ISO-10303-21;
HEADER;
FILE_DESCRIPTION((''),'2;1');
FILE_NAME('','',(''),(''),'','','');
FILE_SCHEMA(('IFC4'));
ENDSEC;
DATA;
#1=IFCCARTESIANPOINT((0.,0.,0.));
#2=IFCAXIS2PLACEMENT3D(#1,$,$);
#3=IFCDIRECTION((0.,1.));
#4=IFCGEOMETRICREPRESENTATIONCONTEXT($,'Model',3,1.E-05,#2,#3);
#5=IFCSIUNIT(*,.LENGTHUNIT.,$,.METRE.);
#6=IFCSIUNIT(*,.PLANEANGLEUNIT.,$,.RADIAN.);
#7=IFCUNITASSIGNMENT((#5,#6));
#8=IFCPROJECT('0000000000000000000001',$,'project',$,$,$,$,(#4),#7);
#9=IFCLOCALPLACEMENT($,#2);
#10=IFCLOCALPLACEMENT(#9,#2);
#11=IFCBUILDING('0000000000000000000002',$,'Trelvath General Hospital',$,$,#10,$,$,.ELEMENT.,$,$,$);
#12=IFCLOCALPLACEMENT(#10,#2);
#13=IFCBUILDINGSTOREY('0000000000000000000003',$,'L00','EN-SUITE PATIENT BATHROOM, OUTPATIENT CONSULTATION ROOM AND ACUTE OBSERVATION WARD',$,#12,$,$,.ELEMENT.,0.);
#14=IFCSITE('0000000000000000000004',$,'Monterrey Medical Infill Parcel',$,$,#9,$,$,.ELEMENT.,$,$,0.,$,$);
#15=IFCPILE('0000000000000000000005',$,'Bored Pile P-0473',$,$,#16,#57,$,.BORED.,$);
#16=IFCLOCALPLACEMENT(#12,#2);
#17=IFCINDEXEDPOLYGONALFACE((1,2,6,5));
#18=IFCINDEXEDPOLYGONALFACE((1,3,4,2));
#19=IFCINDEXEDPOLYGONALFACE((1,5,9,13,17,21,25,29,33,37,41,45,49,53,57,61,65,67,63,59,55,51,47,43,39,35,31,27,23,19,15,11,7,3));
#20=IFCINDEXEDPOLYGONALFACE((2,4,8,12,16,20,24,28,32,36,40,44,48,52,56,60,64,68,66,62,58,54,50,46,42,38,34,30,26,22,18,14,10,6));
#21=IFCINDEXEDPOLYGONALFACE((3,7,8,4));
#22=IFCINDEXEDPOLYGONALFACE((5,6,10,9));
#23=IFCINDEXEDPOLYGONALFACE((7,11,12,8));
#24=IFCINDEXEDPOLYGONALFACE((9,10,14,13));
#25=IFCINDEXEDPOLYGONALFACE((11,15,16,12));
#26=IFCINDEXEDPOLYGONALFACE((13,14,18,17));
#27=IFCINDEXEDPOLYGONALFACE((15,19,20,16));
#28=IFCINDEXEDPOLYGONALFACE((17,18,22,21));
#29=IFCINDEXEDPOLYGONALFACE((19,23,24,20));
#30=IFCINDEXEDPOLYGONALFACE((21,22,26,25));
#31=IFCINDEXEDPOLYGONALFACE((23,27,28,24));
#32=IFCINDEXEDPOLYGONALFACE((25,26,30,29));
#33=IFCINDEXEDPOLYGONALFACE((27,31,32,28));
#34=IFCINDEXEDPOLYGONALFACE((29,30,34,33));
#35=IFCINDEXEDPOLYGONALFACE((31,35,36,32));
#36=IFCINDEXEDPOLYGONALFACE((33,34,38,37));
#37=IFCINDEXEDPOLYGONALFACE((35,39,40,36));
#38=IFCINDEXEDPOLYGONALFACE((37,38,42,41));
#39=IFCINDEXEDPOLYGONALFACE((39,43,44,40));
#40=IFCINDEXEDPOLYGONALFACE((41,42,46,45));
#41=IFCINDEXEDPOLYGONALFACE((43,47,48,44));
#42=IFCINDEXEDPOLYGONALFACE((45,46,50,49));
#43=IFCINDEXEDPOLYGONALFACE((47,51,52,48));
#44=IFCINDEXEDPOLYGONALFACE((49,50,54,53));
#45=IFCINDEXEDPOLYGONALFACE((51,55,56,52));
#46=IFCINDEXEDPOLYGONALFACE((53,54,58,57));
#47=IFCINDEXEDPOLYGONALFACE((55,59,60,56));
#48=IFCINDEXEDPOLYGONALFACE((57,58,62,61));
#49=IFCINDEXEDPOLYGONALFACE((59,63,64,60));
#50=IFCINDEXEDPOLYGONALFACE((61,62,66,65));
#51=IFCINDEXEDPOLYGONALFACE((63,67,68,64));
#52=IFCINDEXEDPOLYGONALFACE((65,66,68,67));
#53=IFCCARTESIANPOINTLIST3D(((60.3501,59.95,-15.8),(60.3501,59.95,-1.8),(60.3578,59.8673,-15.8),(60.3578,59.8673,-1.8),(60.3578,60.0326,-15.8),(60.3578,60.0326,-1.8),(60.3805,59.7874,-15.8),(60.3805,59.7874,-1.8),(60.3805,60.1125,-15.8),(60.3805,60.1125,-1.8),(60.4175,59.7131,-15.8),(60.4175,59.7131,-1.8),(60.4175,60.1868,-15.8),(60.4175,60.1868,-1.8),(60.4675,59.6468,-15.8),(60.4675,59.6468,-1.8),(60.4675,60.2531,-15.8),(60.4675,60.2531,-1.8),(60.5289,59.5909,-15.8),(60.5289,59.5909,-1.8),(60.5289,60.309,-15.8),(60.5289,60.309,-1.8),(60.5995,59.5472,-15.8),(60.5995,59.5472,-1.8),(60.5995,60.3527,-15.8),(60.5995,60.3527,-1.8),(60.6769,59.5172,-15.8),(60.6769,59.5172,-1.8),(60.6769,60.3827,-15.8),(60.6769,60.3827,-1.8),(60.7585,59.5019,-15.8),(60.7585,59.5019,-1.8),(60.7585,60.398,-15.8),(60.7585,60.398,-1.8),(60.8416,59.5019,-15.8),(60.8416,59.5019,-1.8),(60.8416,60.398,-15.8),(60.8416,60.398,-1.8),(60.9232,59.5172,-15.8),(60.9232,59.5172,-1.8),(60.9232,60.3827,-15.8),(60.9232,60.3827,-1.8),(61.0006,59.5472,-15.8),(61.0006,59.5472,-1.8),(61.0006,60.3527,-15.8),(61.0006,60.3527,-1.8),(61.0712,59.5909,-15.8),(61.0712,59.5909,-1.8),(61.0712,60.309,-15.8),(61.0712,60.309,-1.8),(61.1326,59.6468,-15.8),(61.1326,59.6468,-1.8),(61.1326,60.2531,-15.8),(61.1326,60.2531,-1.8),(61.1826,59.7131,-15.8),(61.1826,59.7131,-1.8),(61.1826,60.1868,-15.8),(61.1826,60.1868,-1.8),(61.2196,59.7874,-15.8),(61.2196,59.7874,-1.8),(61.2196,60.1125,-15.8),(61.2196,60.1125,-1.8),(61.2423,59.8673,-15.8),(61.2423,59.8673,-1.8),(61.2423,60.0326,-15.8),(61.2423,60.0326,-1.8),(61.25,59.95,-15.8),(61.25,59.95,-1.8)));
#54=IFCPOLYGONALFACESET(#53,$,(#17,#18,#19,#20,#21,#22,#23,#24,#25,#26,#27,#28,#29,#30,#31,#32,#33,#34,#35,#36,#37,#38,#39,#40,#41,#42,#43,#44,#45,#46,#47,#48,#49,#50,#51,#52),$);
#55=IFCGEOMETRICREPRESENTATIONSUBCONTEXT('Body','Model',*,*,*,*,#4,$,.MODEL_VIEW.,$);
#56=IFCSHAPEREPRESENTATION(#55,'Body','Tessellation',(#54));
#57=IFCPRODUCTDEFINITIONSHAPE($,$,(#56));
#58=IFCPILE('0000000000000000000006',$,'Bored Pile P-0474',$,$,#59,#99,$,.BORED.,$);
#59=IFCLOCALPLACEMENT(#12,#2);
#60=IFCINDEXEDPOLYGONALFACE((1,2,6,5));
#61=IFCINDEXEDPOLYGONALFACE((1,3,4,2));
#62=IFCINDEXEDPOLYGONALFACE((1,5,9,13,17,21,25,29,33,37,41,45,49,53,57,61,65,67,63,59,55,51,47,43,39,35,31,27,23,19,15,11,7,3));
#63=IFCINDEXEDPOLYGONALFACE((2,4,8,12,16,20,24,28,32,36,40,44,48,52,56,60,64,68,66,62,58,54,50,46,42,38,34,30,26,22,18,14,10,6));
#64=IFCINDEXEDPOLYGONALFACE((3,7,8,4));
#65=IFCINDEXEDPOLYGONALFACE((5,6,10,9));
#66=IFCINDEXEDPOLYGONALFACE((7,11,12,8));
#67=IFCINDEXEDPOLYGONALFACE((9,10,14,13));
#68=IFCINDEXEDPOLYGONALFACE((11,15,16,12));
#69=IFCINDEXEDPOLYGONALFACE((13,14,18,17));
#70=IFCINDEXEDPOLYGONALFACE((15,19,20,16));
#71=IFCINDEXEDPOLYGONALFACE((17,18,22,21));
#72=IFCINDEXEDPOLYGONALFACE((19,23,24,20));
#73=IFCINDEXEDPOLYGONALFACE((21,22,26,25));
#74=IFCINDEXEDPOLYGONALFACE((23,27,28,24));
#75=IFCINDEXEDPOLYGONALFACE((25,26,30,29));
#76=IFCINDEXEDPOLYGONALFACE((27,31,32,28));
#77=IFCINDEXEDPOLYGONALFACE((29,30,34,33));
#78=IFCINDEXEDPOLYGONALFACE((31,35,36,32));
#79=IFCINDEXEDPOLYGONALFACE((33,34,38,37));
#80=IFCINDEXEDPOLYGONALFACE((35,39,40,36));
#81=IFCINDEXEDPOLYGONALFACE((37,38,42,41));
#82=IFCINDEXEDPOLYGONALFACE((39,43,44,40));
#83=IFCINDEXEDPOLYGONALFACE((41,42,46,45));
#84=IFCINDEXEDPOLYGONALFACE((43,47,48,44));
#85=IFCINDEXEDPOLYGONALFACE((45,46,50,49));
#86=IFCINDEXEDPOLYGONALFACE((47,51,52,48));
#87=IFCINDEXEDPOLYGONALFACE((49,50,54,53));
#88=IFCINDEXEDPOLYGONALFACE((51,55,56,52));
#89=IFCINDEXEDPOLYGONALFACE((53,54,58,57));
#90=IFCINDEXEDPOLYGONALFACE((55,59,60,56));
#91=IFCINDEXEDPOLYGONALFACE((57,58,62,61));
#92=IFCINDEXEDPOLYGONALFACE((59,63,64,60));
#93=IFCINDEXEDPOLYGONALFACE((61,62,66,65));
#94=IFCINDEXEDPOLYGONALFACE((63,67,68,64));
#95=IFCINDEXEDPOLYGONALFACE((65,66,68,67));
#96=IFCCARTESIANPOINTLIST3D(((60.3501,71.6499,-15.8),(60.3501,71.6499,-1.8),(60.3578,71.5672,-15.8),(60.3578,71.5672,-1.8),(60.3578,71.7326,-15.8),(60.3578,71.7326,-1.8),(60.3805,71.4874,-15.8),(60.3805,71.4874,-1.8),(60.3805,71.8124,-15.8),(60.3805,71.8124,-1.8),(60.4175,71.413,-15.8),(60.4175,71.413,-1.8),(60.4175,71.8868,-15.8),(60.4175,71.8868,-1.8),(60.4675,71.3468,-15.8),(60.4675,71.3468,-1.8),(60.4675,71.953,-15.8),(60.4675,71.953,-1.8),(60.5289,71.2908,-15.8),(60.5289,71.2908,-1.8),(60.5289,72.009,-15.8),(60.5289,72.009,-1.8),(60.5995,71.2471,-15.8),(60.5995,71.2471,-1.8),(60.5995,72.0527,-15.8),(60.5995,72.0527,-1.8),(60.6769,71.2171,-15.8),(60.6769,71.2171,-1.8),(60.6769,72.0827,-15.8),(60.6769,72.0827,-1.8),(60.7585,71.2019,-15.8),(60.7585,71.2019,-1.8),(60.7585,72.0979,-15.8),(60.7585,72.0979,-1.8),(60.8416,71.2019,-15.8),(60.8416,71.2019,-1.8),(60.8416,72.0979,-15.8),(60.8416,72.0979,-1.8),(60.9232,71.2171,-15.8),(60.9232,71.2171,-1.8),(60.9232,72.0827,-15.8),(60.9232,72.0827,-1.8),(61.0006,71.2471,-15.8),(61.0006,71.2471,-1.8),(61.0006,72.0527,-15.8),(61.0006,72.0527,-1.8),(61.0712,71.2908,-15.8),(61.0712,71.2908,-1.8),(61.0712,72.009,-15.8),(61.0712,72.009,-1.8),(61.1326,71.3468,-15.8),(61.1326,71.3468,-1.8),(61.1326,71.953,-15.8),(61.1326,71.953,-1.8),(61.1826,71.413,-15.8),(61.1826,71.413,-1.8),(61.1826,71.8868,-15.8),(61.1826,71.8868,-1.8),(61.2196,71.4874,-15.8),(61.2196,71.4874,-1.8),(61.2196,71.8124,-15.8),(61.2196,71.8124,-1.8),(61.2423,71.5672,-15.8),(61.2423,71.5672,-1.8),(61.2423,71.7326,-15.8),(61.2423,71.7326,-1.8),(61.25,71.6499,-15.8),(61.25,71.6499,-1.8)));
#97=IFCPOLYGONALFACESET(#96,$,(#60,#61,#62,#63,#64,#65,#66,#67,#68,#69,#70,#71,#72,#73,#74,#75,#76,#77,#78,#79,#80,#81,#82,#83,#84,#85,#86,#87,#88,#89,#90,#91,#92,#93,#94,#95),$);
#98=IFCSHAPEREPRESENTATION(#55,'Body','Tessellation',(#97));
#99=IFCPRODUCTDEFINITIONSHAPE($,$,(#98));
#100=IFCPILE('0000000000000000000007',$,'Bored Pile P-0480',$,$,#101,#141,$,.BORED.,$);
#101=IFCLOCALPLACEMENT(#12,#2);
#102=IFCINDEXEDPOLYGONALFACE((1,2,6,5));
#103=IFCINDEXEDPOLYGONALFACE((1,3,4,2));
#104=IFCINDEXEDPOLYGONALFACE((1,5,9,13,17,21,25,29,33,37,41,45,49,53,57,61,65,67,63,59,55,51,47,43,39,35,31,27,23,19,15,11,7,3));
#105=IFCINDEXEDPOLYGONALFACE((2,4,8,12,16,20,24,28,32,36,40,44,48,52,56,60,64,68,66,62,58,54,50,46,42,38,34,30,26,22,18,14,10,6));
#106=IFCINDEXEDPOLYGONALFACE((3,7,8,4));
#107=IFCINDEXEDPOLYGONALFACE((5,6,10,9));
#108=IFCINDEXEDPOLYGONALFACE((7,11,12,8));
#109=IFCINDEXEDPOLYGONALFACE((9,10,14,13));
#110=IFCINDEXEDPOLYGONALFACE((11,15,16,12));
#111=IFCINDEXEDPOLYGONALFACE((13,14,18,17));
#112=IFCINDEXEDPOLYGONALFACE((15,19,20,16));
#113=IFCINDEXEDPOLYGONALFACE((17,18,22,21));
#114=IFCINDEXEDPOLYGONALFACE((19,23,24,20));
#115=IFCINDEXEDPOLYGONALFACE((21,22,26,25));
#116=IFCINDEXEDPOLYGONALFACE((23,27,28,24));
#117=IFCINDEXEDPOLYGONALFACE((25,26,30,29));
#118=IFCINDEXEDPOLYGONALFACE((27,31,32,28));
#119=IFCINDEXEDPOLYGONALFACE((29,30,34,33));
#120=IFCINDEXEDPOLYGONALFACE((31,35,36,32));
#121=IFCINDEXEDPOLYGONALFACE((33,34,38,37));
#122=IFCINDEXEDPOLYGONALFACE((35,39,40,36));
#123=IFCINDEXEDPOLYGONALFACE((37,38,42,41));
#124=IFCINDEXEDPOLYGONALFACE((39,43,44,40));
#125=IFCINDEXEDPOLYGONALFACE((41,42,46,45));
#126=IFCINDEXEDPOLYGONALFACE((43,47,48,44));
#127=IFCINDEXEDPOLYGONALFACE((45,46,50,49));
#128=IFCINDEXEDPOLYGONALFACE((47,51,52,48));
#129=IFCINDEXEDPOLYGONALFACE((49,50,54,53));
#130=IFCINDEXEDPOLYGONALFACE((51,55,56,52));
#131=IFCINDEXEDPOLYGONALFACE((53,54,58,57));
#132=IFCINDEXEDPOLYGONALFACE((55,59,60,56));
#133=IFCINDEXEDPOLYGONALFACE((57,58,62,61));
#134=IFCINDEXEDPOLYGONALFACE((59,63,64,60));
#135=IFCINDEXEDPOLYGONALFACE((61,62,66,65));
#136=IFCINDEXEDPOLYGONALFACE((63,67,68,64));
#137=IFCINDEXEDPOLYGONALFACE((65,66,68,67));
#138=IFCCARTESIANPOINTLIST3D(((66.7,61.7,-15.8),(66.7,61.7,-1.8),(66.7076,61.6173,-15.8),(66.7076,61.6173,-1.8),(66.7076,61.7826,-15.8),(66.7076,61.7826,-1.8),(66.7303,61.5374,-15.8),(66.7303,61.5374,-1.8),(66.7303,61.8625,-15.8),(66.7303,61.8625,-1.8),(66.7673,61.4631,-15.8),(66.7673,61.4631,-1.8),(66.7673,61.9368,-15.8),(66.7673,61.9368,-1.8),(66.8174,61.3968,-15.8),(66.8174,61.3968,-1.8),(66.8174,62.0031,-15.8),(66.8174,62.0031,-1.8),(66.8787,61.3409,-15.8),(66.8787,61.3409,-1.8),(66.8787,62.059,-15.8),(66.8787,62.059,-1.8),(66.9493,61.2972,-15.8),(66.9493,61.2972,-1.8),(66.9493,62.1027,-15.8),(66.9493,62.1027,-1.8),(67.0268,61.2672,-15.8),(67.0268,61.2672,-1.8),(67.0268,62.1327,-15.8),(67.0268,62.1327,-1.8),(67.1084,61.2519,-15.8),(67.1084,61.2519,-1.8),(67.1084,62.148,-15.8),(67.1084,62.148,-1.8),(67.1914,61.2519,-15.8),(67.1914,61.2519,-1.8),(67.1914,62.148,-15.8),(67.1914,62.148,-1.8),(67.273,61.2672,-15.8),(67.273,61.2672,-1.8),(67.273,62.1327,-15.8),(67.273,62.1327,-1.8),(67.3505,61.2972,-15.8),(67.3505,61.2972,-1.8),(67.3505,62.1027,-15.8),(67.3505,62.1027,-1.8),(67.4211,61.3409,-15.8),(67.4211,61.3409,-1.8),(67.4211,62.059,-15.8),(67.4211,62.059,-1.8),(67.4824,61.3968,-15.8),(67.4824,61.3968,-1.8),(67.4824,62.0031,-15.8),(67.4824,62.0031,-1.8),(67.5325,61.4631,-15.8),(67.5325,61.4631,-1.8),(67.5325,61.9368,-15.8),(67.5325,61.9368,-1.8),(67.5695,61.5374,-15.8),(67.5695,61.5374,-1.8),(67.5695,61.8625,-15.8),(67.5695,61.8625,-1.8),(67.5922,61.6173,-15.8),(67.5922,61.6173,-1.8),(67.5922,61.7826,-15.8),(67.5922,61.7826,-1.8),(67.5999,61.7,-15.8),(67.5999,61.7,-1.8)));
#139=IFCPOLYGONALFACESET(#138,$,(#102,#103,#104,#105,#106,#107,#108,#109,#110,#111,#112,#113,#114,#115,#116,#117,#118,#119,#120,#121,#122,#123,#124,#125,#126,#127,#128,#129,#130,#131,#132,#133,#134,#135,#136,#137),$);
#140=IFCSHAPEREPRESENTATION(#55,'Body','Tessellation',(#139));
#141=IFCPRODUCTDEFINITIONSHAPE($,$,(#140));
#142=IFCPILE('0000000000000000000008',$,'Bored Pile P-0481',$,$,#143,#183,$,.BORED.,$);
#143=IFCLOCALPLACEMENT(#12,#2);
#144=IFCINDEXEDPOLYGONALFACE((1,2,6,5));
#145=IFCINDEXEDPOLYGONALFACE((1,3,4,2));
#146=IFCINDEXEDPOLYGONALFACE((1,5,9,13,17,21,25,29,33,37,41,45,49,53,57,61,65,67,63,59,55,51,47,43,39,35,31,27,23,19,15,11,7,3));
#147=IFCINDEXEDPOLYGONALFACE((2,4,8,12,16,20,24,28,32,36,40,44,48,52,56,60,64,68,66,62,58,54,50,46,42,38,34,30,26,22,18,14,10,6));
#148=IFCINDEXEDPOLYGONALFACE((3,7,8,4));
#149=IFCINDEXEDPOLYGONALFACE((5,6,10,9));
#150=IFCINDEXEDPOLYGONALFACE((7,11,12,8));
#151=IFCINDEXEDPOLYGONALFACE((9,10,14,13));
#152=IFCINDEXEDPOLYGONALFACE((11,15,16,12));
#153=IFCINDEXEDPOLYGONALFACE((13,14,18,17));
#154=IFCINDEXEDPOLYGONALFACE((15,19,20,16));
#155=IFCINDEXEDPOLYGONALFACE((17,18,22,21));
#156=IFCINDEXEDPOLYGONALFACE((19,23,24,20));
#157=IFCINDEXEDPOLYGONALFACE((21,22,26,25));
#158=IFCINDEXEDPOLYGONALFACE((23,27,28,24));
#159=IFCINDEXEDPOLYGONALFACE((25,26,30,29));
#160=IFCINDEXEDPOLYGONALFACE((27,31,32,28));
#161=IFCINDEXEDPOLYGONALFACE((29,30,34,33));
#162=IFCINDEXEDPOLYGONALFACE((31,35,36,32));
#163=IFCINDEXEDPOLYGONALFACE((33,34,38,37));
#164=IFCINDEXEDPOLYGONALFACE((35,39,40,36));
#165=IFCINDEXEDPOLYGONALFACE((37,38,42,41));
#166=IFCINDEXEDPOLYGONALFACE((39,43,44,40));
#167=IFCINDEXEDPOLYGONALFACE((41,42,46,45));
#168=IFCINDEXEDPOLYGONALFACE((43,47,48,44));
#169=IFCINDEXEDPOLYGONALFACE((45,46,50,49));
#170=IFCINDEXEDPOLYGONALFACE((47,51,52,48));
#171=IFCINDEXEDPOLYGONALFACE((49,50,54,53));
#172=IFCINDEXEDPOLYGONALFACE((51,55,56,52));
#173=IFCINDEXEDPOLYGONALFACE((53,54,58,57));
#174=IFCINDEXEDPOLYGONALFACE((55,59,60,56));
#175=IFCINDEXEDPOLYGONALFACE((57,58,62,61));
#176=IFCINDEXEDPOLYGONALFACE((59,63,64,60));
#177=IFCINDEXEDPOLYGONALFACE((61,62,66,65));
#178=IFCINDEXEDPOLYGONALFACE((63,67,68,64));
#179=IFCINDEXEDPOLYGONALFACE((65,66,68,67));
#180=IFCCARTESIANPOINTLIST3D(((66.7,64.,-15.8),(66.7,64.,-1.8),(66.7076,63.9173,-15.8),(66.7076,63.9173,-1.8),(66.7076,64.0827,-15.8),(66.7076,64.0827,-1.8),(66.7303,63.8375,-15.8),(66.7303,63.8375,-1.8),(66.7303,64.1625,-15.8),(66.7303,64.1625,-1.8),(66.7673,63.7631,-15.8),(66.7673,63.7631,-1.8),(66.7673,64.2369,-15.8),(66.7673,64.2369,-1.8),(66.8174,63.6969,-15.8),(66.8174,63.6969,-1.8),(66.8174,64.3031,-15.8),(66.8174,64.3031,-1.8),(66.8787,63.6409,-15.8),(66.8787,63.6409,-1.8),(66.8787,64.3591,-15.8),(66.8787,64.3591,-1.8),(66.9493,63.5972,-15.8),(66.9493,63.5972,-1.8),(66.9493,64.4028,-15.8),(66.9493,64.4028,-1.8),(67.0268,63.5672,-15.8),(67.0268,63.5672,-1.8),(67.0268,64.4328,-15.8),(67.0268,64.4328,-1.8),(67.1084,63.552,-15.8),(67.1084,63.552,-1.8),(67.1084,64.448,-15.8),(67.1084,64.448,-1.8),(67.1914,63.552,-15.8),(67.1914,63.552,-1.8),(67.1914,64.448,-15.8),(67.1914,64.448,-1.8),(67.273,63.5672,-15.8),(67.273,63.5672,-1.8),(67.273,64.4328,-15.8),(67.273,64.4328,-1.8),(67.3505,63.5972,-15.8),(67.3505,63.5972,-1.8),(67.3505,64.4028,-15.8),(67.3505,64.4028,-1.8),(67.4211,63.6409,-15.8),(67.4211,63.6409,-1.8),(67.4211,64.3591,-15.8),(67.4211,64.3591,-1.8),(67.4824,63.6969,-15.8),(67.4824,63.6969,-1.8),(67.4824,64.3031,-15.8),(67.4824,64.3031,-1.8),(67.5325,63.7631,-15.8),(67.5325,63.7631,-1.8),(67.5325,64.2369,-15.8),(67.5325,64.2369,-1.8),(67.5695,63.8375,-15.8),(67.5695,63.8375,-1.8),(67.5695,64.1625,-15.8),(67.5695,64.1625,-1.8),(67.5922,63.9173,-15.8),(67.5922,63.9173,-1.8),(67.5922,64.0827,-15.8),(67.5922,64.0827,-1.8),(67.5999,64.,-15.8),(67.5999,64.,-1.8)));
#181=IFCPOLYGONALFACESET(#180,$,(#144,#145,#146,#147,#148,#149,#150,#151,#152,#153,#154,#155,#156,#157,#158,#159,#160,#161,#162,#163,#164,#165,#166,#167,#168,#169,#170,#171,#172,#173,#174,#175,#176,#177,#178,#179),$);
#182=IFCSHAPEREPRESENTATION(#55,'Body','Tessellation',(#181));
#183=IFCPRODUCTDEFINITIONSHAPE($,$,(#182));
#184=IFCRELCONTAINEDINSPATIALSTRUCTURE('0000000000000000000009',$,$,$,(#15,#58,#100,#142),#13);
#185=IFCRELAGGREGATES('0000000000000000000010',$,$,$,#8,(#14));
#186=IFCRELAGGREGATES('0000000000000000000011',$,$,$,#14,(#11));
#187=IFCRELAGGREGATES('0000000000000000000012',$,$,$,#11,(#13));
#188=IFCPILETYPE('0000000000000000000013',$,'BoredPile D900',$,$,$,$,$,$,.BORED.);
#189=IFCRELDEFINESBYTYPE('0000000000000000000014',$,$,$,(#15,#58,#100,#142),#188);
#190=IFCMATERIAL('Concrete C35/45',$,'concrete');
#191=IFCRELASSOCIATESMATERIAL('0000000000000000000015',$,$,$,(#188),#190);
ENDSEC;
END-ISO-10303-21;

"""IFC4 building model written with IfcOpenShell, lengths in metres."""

from ifc_helpers import new_model, si_unit, direction, frame, origin, origin_2d, place, context, subcontext, project, spatial, circle, extrude, material, material_profile, profile_set, type_object, element, save


model = new_model("IFC4")

# Units and contexts
model_context = context("Model", 3, precision=1e-05, world=origin(), true_north=direction((0.0, 1.0)))
body_context = subcontext(model_context, "Body", "Model", "MODEL_VIEW")
ifc_project = project(units=[si_unit("LENGTHUNIT", "METRE"), si_unit("PLANEANGLEUNIT", "RADIAN")], contexts=[model_context])

# Site, building, storey
site_placement = place(None, origin())
site = spatial("IfcSite", under=ifc_project, at=site_placement, Name="Monterrey Medical Infill Parcel", CompositionType="ELEMENT", RefElevation=0.0)
building_placement = place(site_placement, origin())
building = spatial("IfcBuilding", under=site, at=building_placement, Name="Trelvath General Hospital", CompositionType="ELEMENT")
storey_placement = place(building_placement, origin())
storey = spatial("IfcBuildingStorey", under=building, at=storey_placement, Name="L00", Description="EN-SUITE PATIENT BATHROOM, OUTPATIENT CONSULTATION ROOM AND ACUTE OBSERVATION WARD", CompositionType="ELEMENT", Elevation=0.0)

# Piles
ifc_material_1 = material(Name="Concrete C35/45", Category="concrete")
ifc_material_profile_1 = material_profile(ifc_material_1, circle(Radius=0.45, at=origin_2d()), Name="PILE900")
ifc_profile_set_1 = profile_set([ifc_material_profile_1], Name="Concrete C35/45")
pile_type = type_object("IfcPileType", Name="BoredPile D900", PredefinedType="BORED", material=ifc_profile_set_1)
for number, where, z_axis, x_axis, name in (
    (1, (60.8, 59.95, -1.8), (0.0, 0.0, -1.0), (1.0, 0.0, 0.0), "Bored Pile P-0473"),
    (2, (60.8, 71.6499, -1.8), (0.0, 0.0, -1.0), (1.0, 0.0, 0.0), "Bored Pile P-0474"),
    (3, (67.1499, 61.7, -1.8), (0.0, 0.0, -1.0), (1.0, 0.0, 0.0), "Bored Pile P-0480"),
    (4, (67.1499, 64.0, -1.8), (0.0, 0.0, -1.0), (1.0, 0.0, 0.0), "Bored Pile P-0481"),
):
    element("IfcPile", number, at=place(storey_placement, frame(where, z_axis=z_axis, x_axis=x_axis)), inside=storey, type_object=pile_type, Name=name, PredefinedType="BORED", context=body_context, shape_type="SweptSolid", body=[
        extrude(circle(Radius=0.45, at=origin_2d()), origin(), (0.0, 0.0, 1.0), 14.0),
    ])

save(model, "model.ifc")
